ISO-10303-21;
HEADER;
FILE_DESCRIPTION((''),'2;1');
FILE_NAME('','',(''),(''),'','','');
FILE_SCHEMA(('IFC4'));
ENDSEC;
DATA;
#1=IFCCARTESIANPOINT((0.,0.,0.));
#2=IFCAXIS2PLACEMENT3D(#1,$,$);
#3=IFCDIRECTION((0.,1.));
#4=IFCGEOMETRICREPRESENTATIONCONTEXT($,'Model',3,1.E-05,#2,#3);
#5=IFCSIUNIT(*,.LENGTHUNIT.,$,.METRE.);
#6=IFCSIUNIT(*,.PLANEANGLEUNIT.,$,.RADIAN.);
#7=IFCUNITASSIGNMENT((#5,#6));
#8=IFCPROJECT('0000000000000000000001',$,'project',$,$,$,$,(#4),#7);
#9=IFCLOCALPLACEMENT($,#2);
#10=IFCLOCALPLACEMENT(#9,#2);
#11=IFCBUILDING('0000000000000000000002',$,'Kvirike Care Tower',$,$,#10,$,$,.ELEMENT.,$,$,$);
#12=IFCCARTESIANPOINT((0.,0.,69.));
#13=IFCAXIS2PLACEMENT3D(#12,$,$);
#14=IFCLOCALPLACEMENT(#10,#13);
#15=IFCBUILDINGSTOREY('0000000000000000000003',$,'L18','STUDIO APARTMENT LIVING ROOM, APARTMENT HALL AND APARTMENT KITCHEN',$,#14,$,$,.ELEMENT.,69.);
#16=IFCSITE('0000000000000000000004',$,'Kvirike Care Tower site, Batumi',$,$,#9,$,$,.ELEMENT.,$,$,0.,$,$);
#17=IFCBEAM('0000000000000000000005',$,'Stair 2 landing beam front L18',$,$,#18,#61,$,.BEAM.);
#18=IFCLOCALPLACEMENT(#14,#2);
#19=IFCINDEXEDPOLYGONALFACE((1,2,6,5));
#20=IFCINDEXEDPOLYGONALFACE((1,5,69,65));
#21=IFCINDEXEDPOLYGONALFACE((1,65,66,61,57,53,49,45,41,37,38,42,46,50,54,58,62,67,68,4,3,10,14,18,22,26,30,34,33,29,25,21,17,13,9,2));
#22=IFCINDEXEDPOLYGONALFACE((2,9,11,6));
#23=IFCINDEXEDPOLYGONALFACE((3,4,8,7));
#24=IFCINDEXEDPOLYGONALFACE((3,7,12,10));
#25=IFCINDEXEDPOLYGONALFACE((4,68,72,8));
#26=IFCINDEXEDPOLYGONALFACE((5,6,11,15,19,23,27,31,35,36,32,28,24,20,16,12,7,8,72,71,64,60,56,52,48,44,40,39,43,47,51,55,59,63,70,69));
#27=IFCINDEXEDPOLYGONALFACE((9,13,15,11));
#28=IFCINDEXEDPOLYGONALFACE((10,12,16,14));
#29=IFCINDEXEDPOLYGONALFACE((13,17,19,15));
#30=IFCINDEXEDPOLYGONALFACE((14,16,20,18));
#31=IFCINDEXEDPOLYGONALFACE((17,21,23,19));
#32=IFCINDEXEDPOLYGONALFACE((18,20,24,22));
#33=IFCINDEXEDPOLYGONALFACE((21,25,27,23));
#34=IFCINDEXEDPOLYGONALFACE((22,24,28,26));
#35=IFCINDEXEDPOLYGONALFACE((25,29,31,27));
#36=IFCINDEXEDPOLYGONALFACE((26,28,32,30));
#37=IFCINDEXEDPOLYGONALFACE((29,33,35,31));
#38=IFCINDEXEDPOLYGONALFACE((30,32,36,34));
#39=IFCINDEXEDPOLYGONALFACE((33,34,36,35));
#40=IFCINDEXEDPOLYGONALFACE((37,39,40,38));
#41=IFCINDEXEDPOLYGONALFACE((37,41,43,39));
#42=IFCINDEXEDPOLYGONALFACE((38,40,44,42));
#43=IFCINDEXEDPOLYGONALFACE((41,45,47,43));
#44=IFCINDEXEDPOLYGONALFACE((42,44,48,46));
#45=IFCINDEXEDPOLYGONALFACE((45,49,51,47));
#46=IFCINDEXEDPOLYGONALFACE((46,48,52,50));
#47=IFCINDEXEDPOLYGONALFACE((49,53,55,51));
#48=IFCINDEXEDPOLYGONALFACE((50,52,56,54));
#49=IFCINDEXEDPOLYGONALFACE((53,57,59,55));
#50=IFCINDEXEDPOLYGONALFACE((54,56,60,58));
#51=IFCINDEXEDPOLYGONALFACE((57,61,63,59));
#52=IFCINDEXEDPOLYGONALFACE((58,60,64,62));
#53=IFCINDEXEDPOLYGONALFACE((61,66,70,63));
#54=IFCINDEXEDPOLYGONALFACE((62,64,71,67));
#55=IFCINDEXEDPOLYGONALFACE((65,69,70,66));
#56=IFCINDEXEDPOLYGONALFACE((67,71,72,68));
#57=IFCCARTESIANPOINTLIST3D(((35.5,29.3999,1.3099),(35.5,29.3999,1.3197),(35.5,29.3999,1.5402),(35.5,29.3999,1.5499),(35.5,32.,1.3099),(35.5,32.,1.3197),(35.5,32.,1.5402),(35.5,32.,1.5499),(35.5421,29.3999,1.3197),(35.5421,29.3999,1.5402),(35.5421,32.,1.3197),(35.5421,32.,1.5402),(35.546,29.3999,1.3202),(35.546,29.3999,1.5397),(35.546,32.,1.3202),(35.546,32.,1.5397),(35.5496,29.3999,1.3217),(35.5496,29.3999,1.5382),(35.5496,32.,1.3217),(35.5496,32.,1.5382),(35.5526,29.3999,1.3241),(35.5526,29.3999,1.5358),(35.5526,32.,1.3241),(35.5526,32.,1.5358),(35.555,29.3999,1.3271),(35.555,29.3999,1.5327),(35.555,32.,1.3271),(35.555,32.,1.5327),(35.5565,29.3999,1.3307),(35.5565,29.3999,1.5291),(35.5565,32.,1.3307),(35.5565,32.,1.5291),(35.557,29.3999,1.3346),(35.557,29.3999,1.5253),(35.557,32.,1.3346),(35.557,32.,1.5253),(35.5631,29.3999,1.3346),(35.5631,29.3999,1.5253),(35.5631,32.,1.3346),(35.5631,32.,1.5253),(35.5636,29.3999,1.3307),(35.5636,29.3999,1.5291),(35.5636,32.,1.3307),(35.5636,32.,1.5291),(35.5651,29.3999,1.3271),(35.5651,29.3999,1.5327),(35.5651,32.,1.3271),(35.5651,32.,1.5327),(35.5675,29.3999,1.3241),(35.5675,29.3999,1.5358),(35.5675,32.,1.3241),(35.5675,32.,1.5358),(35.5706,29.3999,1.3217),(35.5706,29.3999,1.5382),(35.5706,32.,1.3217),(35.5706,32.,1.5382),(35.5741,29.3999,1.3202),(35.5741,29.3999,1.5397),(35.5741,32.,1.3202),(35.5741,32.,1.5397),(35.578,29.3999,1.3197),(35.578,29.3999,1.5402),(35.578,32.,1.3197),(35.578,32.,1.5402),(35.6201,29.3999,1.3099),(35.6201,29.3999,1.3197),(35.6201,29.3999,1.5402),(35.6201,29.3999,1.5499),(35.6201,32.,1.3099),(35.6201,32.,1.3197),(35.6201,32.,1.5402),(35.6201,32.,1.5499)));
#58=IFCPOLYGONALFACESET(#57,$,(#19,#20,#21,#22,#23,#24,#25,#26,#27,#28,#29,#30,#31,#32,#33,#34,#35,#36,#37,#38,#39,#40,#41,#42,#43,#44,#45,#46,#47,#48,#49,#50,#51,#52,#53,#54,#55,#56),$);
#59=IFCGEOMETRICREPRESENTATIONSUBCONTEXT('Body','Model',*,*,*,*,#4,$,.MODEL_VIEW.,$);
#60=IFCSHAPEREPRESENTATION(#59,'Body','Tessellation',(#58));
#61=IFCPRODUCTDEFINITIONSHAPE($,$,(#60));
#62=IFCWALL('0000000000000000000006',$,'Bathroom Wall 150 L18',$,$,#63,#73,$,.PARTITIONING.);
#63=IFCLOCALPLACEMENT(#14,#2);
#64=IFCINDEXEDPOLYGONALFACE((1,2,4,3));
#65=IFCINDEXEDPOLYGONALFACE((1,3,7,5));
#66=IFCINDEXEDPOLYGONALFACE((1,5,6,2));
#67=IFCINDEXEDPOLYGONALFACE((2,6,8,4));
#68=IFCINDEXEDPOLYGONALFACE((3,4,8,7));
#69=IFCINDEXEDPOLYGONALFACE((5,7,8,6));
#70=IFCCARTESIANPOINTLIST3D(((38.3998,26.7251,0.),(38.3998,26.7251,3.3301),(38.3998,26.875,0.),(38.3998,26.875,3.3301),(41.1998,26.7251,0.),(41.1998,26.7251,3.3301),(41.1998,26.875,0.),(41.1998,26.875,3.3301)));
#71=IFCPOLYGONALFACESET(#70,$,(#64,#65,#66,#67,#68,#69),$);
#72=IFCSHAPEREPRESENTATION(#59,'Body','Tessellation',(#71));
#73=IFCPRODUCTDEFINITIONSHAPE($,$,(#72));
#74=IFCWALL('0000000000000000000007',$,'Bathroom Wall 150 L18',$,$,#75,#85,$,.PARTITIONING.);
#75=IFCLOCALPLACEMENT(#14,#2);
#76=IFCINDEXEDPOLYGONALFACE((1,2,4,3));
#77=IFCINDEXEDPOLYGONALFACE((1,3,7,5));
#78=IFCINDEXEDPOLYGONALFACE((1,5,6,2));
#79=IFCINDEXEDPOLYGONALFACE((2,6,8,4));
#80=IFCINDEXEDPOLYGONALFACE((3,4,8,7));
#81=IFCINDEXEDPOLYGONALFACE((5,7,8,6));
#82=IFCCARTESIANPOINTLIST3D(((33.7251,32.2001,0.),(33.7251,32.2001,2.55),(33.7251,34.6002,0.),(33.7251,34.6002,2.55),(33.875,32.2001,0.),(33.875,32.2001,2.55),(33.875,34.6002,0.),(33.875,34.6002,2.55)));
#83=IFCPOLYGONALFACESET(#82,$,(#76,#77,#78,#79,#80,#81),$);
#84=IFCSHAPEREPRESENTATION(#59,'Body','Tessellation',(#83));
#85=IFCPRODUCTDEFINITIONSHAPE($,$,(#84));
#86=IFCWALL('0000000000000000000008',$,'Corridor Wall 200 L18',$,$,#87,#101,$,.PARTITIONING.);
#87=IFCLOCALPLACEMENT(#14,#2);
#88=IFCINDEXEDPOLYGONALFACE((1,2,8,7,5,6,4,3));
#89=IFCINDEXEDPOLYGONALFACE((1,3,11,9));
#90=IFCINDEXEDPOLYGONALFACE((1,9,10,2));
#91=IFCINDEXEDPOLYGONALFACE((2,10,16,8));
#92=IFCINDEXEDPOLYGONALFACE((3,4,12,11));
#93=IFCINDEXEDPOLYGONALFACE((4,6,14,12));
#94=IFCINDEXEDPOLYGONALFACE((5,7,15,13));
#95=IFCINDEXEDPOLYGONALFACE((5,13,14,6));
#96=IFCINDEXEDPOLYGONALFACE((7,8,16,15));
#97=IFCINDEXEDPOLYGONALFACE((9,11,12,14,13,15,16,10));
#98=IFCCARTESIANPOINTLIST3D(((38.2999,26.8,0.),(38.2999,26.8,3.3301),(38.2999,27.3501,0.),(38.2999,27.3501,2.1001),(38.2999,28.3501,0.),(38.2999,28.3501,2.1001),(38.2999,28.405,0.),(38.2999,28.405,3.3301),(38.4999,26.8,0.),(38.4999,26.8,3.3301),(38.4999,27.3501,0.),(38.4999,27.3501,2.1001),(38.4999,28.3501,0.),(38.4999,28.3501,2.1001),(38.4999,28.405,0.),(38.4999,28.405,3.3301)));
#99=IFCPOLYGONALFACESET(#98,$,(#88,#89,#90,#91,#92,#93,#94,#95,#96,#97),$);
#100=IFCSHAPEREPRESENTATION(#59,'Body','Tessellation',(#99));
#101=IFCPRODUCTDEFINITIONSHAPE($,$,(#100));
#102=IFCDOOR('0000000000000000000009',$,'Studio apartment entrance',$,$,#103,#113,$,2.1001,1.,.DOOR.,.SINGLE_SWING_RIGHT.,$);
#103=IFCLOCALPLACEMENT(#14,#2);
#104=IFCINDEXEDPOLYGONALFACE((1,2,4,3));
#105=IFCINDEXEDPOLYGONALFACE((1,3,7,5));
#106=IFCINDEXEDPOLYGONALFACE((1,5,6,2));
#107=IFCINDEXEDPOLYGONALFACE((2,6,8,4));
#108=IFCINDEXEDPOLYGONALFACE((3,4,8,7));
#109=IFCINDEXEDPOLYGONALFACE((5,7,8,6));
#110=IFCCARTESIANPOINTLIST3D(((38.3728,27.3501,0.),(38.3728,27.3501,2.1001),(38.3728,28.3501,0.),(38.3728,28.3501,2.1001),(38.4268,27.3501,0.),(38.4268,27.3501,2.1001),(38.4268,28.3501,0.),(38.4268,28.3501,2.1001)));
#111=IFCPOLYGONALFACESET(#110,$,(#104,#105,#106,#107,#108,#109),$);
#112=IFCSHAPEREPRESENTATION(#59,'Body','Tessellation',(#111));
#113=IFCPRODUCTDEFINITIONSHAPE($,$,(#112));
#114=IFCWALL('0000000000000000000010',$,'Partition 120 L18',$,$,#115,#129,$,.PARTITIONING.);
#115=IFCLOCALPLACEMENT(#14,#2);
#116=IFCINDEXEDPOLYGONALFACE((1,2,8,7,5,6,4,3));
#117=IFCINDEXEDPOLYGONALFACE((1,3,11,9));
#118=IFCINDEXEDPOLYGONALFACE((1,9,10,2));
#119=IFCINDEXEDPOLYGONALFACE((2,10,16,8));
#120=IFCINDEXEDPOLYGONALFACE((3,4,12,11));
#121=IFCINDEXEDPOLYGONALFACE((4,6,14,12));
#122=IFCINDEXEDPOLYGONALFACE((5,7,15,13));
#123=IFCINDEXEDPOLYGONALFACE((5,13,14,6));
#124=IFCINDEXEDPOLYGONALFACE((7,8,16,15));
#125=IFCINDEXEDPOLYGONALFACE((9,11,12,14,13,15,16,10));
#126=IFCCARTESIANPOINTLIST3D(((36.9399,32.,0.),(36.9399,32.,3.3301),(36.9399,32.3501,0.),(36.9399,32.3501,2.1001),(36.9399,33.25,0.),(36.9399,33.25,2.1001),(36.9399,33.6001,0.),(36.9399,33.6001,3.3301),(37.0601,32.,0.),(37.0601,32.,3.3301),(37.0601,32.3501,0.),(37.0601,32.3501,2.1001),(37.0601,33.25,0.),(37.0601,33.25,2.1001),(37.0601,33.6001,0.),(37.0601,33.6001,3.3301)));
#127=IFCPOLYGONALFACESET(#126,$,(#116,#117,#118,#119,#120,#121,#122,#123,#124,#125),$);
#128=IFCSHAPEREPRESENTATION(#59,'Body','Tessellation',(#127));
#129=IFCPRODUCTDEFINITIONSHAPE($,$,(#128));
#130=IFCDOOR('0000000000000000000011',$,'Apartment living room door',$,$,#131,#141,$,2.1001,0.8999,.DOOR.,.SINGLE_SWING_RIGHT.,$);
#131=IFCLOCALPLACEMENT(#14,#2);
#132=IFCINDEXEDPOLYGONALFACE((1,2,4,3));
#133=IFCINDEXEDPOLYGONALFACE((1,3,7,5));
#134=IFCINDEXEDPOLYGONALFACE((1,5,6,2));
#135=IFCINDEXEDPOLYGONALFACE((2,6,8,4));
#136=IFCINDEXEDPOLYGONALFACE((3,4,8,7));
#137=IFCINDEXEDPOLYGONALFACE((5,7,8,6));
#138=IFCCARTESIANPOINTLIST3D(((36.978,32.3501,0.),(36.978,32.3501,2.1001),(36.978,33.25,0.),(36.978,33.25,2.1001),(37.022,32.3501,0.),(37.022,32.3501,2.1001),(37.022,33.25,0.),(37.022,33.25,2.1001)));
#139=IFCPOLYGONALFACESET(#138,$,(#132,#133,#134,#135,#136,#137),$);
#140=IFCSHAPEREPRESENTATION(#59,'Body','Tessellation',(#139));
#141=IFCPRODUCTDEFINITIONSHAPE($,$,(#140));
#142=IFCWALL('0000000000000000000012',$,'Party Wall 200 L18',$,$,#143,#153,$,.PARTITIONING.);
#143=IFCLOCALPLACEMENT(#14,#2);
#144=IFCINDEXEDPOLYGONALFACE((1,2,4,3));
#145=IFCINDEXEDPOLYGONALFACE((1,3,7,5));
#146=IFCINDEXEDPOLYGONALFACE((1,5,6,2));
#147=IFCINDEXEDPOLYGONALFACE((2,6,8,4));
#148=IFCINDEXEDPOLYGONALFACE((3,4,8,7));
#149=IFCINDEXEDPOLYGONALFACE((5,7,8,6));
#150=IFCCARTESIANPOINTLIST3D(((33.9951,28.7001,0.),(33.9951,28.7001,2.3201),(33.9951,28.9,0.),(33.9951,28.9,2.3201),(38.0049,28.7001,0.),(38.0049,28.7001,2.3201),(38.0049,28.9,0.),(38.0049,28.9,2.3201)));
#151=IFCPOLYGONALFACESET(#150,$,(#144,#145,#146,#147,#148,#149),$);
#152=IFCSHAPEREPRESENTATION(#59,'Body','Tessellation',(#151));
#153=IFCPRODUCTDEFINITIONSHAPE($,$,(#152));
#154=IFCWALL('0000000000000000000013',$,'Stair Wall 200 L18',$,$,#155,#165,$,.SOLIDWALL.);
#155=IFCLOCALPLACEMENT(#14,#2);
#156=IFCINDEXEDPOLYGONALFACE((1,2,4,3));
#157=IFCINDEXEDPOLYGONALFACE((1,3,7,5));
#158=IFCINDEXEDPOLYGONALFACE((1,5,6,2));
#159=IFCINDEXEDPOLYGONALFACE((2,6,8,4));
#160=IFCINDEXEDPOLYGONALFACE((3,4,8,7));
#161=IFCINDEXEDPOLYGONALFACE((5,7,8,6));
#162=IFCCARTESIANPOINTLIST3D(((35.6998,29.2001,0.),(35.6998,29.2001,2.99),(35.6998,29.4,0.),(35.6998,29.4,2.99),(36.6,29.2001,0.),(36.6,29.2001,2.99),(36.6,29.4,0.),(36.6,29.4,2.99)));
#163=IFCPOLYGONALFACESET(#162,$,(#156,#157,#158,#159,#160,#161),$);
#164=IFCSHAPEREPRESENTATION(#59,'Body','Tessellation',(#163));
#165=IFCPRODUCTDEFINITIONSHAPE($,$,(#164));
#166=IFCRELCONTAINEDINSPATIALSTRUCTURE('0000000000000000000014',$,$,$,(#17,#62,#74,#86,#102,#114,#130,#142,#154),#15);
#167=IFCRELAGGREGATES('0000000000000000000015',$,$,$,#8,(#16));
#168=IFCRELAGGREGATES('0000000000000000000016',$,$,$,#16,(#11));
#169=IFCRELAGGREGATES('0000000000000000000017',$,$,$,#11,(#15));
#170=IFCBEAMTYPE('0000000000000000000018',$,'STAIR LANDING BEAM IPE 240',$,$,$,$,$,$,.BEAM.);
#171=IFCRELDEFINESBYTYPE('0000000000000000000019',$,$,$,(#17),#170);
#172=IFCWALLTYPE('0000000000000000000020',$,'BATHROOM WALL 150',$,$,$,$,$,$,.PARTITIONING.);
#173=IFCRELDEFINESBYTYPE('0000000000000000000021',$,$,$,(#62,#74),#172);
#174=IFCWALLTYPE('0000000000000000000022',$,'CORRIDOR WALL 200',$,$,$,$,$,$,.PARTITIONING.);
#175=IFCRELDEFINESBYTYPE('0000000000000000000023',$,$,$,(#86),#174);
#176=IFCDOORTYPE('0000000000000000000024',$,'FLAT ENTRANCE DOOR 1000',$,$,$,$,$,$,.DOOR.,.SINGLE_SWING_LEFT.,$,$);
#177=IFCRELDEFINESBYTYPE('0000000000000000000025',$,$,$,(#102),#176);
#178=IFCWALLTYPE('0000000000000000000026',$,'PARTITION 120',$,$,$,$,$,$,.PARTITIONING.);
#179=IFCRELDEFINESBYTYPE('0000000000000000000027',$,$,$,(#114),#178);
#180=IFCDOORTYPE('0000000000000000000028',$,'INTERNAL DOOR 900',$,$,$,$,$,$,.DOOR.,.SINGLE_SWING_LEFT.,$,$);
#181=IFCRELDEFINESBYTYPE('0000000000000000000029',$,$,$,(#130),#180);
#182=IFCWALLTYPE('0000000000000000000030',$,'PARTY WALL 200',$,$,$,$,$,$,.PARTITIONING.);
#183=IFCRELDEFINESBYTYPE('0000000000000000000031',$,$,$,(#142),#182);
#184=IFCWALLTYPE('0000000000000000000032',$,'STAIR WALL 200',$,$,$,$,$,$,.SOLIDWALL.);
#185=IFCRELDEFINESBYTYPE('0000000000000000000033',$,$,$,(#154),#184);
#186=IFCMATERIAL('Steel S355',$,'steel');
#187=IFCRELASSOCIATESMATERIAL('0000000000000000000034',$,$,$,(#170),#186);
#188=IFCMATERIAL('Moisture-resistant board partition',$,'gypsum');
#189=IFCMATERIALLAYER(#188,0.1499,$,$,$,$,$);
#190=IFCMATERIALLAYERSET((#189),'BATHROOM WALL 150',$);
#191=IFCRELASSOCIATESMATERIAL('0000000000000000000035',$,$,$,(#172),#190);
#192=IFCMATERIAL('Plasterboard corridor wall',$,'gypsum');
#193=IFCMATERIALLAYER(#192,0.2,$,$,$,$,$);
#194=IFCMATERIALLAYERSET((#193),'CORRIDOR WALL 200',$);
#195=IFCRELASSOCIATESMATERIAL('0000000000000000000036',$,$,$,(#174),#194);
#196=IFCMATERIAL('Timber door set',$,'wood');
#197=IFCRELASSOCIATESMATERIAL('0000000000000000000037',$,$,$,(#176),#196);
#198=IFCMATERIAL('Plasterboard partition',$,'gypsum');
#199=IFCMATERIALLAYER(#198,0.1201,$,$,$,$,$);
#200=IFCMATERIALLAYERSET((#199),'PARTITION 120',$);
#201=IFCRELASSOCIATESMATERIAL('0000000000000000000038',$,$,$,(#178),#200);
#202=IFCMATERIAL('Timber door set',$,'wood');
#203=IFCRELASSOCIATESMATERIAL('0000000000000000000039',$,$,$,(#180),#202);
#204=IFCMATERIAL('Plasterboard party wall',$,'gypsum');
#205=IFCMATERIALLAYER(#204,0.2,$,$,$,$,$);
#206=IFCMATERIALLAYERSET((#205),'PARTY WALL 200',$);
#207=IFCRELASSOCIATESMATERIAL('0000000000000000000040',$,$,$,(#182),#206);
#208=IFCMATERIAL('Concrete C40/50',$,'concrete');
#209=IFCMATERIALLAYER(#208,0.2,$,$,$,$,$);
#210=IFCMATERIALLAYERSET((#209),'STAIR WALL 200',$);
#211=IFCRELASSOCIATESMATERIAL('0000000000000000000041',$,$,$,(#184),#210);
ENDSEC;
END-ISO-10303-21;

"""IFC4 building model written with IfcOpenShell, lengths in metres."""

from ifc_helpers import new_model, si_unit, direction, frame, frame_2d, origin, origin_2d, place, context, subcontext, project, spatial, rectangle, i_section, extrude, material, layer, layer_set, material_profile, profile_set, type_object, element, fill, save


model = new_model("IFC4")

# Units and contexts
model_context = context("Model", 3, precision=1e-05, world=origin(), true_north=direction((0.0, 1.0)))
body_context = subcontext(model_context, "Body", "Model", "MODEL_VIEW")
ifc_project = project(units=[si_unit("LENGTHUNIT", "METRE"), si_unit("PLANEANGLEUNIT", "RADIAN")], contexts=[model_context])

# Site, building, storey
site_placement = place(None, origin())
site = spatial("IfcSite", under=ifc_project, at=site_placement, Name="Kvirike Care Tower site, Batumi", CompositionType="ELEMENT", RefElevation=0.0)
building_placement = place(site_placement, origin())
building = spatial("IfcBuilding", under=site, at=building_placement, Name="Kvirike Care Tower", CompositionType="ELEMENT")
storey_placement = place(building_placement, frame((0.0, 0.0, 69.0)))
storey = spatial("IfcBuildingStorey", under=building, at=storey_placement, Name="L18", Description="STUDIO APARTMENT LIVING ROOM, APARTMENT HALL AND APARTMENT KITCHEN", CompositionType="ELEMENT", Elevation=69.0)

# Beam
ifc_material_1 = material(Name="Steel S355", Category="steel")
ifc_material_profile_1 = material_profile(ifc_material_1, i_section(OverallWidth=0.1201, OverallDepth=0.24, WebThickness=0.0061, FlangeThickness=0.0098, FilletRadius=0.0149, at=origin_2d()), Name="IPE 240")
ifc_profile_set_1 = profile_set([ifc_material_profile_1], Name="Steel S355")
beam_type_1 = type_object("IfcBeamType", Name="STAIR LANDING BEAM IPE 240", PredefinedType="BEAM", material=ifc_profile_set_1)
for number, where, z_axis, x_axis, name in (
    (1, (35.5601, 29.3999, 1.4299), (0.0, 1.0, 0.0), (-1.0, 0.0, 0.0), "Stair 2 landing beam front L18"),
):
    element("IfcBeam", number, at=place(storey_placement, frame(where, z_axis=z_axis, x_axis=x_axis)), inside=storey, type_object=beam_type_1, Name=name, PredefinedType="BEAM", context=body_context, shape_type="SweptSolid", body=[
        extrude(i_section(OverallWidth=0.1201, OverallDepth=0.24, WebThickness=0.0061, FlangeThickness=0.0098, FilletRadius=0.0149, at=origin_2d()), origin(), (0.0, 0.0, 1.0), 2.6001),
    ])

# Walls
ifc_material_2 = material(Name="Moisture-resistant board partition", Category="gypsum")
ifc_layer_1 = layer(ifc_material_2, 0.1499)
ifc_layer_set_1 = layer_set([ifc_layer_1], Name="BATHROOM WALL 150")
wall_type_1 = type_object("IfcWallType", Name="BATHROOM WALL 150", PredefinedType="PARTITIONING", material=ifc_layer_set_1)
wall_1_placement = place(storey_placement, frame((38.3999, 26.8, 0.0), z_axis=(0.0, 0.0, 1.0), x_axis=(1.0, 0.0, 0.0)))
element("IfcWall", 2, at=wall_1_placement, inside=storey, type_object=wall_type_1, Name="Bathroom Wall 150 L18", PredefinedType="PARTITIONING", context=body_context, shape_type="SweptSolid", body=[
    extrude(rectangle(XDim=2.8, YDim=0.1499, at=frame_2d((1.3999, 0.0))), origin(), (0.0, 0.0, 1.0), 3.3301),
])
wall_2_placement = place(storey_placement, frame((33.8, 32.2, 0.0), z_axis=(0.0, 0.0, 1.0), x_axis=(0.0, 1.0, 0.0)))
element("IfcWall", 3, at=wall_2_placement, inside=storey, type_object=wall_type_1, Name="Bathroom Wall 150 L18", PredefinedType="PARTITIONING", context=body_context, shape_type="SweptSolid", body=[
    extrude(rectangle(XDim=2.4001, YDim=0.1499, at=frame_2d((1.2002, 0.0))), origin(), (0.0, 0.0, 1.0), 2.55),
])

# Walls, openings, doors
ifc_material_3 = material(Name="Plasterboard corridor wall", Category="gypsum")
ifc_layer_2 = layer(ifc_material_3, 0.2)
ifc_layer_set_2 = layer_set([ifc_layer_2], Name="CORRIDOR WALL 200")
wall_type_2 = type_object("IfcWallType", Name="CORRIDOR WALL 200", PredefinedType="PARTITIONING", material=ifc_layer_set_2)
wall_3_placement = place(storey_placement, frame((38.3999, 26.8, 0.0), z_axis=(0.0, 0.0, 1.0), x_axis=(0.0, 1.0, 0.0)))
wall_3 = element("IfcWall", 4, at=wall_3_placement, inside=storey, type_object=wall_type_2, Name="Corridor Wall 200 L18", PredefinedType="PARTITIONING", context=body_context, shape_type="SweptSolid", body=[
    extrude(rectangle(XDim=1.605, YDim=0.2, at=frame_2d((0.8025, 0.0))), origin(), (0.0, 0.0, 1.0), 3.3301),
])
opening_1_placement = place(wall_3_placement, frame((0.55, 0.0, 0.0)))
opening_1 = element("IfcOpeningElement", 5, at=opening_1_placement, cuts=wall_3, PredefinedType="OPENING", context=body_context, shape_type="SweptSolid", body=[
    extrude(rectangle(XDim=1.0, YDim=2.1001, at=frame_2d((0.5, 1.05))), frame((0.0, 0.1106, 0.0), z_axis=(0.0, -1.0, 0.0), x_axis=(1.0, 0.0, 0.0)), (0.0, 0.0, 1.0), 0.2209),
])
ifc_material_4 = material(Name="Timber door set", Category="wood")
door_type_1 = type_object("IfcDoorType", Name="FLAT ENTRANCE DOOR 1000", OperationType="SINGLE_SWING_LEFT", PredefinedType="DOOR", material=ifc_material_4)
door_1_placement = place(opening_1_placement, frame((1.0, 0.0, 0.0), z_axis=(0.0, 0.0, 1.0), x_axis=(-1.0, 0.0, 0.0)))
door_1 = element("IfcDoor", 6, at=door_1_placement, inside=storey, type_object=door_type_1, Name="Studio apartment entrance", OperationType="SINGLE_SWING_RIGHT", OverallHeight=2.1001, OverallWidth=1.0, PredefinedType="DOOR", context=body_context, shape_type="SweptSolid", body=[
    extrude(rectangle(XDim=1.0, YDim=2.1001, at=frame_2d((0.5, 1.05))), frame((0.0, 0.0269, 0.0), z_axis=(0.0, -1.0, 0.0), x_axis=(1.0, 0.0, 0.0)), (0.0, 0.0, 1.0), 0.054),
])
fill(opening_1, door_1)
ifc_material_5 = material(Name="Plasterboard partition", Category="gypsum")
ifc_layer_3 = layer(ifc_material_5, 0.1201)
ifc_layer_set_3 = layer_set([ifc_layer_3], Name="PARTITION 120")
wall_type_3 = type_object("IfcWallType", Name="PARTITION 120", PredefinedType="PARTITIONING", material=ifc_layer_set_3)
wall_4_placement = place(storey_placement, frame((37.0, 32.0, 0.0), z_axis=(0.0, 0.0, 1.0), x_axis=(0.0, 1.0, 0.0)))
wall_4 = element("IfcWall", 7, at=wall_4_placement, inside=storey, type_object=wall_type_3, Name="Partition 120 L18", PredefinedType="PARTITIONING", context=body_context, shape_type="SweptSolid", body=[
    extrude(rectangle(XDim=1.6001, YDim=0.1201, at=frame_2d((0.8, 0.0))), origin(), (0.0, 0.0, 1.0), 3.3301),
])
opening_2_placement = place(wall_4_placement, frame((0.3501, 0.0, 0.0)))
opening_2 = element("IfcOpeningElement", 8, at=opening_2_placement, cuts=wall_4, PredefinedType="OPENING", context=body_context, shape_type="SweptSolid", body=[
    extrude(rectangle(XDim=0.8999, YDim=2.1001, at=frame_2d((0.45, 1.05))), frame((0.0, 0.0706, 0.0), z_axis=(0.0, -1.0, 0.0), x_axis=(1.0, 0.0, 0.0)), (0.0, 0.0, 1.0), 0.1411),
])
ifc_material_6 = material(Name="Timber door set", Category="wood")
door_type_2 = type_object("IfcDoorType", Name="INTERNAL DOOR 900", OperationType="SINGLE_SWING_LEFT", PredefinedType="DOOR", material=ifc_material_6)
door_2_placement = place(opening_2_placement, origin())
door_2 = element("IfcDoor", 9, at=door_2_placement, inside=storey, type_object=door_type_2, Name="Apartment living room door", OperationType="SINGLE_SWING_RIGHT", OverallHeight=2.1001, OverallWidth=0.8999, PredefinedType="DOOR", context=body_context, shape_type="SweptSolid", body=[
    extrude(rectangle(XDim=0.8999, YDim=2.1001, at=frame_2d((0.45, 1.05))), frame((0.0, 0.022, 0.0), z_axis=(0.0, -1.0, 0.0), x_axis=(1.0, 0.0, 0.0)), (0.0, 0.0, 1.0), 0.0439),
])
fill(opening_2, door_2)

# Walls
ifc_material_7 = material(Name="Plasterboard party wall", Category="gypsum")
ifc_layer_4 = layer(ifc_material_7, 0.2)
ifc_layer_set_4 = layer_set([ifc_layer_4], Name="PARTY WALL 200")
wall_type_4 = type_object("IfcWallType", Name="PARTY WALL 200", PredefinedType="PARTITIONING", material=ifc_layer_set_4)
wall_5_placement = place(storey_placement, frame((38.0049, 28.8, 0.0), z_axis=(0.0, 0.0, 1.0), x_axis=(-1.0, 0.0, 0.0)))
element("IfcWall", 10, at=wall_5_placement, inside=storey, type_object=wall_type_4, Name="Party Wall 200 L18", PredefinedType="PARTITIONING", context=body_context, shape_type="SweptSolid", body=[
    extrude(rectangle(XDim=4.0098, YDim=0.2, at=frame_2d((2.0049, 0.0))), origin(), (0.0, 0.0, 1.0), 2.3201),
])
ifc_material_8 = material(Name="Concrete C40/50", Category="concrete")
ifc_layer_5 = layer(ifc_material_8, 0.2)
ifc_layer_set_5 = layer_set([ifc_layer_5], Name="STAIR WALL 200")
wall_type_5 = type_object("IfcWallType", Name="STAIR WALL 200", PredefinedType="SOLIDWALL", material=ifc_layer_set_5)
wall_6_placement = place(storey_placement, frame((36.6001, 29.3, 0.0), z_axis=(0.0, 0.0, 1.0), x_axis=(-1.0, 0.0, 0.0)))
element("IfcWall", 11, at=wall_6_placement, inside=storey, type_object=wall_type_5, Name="Stair Wall 200 L18", PredefinedType="SOLIDWALL", context=body_context, shape_type="SweptSolid", body=[
    extrude(rectangle(XDim=0.9001, YDim=0.2, at=frame_2d((0.4502, 0.0))), origin(), (0.0, 0.0, 1.0), 2.99),
])

save(model, "model.ifc")
